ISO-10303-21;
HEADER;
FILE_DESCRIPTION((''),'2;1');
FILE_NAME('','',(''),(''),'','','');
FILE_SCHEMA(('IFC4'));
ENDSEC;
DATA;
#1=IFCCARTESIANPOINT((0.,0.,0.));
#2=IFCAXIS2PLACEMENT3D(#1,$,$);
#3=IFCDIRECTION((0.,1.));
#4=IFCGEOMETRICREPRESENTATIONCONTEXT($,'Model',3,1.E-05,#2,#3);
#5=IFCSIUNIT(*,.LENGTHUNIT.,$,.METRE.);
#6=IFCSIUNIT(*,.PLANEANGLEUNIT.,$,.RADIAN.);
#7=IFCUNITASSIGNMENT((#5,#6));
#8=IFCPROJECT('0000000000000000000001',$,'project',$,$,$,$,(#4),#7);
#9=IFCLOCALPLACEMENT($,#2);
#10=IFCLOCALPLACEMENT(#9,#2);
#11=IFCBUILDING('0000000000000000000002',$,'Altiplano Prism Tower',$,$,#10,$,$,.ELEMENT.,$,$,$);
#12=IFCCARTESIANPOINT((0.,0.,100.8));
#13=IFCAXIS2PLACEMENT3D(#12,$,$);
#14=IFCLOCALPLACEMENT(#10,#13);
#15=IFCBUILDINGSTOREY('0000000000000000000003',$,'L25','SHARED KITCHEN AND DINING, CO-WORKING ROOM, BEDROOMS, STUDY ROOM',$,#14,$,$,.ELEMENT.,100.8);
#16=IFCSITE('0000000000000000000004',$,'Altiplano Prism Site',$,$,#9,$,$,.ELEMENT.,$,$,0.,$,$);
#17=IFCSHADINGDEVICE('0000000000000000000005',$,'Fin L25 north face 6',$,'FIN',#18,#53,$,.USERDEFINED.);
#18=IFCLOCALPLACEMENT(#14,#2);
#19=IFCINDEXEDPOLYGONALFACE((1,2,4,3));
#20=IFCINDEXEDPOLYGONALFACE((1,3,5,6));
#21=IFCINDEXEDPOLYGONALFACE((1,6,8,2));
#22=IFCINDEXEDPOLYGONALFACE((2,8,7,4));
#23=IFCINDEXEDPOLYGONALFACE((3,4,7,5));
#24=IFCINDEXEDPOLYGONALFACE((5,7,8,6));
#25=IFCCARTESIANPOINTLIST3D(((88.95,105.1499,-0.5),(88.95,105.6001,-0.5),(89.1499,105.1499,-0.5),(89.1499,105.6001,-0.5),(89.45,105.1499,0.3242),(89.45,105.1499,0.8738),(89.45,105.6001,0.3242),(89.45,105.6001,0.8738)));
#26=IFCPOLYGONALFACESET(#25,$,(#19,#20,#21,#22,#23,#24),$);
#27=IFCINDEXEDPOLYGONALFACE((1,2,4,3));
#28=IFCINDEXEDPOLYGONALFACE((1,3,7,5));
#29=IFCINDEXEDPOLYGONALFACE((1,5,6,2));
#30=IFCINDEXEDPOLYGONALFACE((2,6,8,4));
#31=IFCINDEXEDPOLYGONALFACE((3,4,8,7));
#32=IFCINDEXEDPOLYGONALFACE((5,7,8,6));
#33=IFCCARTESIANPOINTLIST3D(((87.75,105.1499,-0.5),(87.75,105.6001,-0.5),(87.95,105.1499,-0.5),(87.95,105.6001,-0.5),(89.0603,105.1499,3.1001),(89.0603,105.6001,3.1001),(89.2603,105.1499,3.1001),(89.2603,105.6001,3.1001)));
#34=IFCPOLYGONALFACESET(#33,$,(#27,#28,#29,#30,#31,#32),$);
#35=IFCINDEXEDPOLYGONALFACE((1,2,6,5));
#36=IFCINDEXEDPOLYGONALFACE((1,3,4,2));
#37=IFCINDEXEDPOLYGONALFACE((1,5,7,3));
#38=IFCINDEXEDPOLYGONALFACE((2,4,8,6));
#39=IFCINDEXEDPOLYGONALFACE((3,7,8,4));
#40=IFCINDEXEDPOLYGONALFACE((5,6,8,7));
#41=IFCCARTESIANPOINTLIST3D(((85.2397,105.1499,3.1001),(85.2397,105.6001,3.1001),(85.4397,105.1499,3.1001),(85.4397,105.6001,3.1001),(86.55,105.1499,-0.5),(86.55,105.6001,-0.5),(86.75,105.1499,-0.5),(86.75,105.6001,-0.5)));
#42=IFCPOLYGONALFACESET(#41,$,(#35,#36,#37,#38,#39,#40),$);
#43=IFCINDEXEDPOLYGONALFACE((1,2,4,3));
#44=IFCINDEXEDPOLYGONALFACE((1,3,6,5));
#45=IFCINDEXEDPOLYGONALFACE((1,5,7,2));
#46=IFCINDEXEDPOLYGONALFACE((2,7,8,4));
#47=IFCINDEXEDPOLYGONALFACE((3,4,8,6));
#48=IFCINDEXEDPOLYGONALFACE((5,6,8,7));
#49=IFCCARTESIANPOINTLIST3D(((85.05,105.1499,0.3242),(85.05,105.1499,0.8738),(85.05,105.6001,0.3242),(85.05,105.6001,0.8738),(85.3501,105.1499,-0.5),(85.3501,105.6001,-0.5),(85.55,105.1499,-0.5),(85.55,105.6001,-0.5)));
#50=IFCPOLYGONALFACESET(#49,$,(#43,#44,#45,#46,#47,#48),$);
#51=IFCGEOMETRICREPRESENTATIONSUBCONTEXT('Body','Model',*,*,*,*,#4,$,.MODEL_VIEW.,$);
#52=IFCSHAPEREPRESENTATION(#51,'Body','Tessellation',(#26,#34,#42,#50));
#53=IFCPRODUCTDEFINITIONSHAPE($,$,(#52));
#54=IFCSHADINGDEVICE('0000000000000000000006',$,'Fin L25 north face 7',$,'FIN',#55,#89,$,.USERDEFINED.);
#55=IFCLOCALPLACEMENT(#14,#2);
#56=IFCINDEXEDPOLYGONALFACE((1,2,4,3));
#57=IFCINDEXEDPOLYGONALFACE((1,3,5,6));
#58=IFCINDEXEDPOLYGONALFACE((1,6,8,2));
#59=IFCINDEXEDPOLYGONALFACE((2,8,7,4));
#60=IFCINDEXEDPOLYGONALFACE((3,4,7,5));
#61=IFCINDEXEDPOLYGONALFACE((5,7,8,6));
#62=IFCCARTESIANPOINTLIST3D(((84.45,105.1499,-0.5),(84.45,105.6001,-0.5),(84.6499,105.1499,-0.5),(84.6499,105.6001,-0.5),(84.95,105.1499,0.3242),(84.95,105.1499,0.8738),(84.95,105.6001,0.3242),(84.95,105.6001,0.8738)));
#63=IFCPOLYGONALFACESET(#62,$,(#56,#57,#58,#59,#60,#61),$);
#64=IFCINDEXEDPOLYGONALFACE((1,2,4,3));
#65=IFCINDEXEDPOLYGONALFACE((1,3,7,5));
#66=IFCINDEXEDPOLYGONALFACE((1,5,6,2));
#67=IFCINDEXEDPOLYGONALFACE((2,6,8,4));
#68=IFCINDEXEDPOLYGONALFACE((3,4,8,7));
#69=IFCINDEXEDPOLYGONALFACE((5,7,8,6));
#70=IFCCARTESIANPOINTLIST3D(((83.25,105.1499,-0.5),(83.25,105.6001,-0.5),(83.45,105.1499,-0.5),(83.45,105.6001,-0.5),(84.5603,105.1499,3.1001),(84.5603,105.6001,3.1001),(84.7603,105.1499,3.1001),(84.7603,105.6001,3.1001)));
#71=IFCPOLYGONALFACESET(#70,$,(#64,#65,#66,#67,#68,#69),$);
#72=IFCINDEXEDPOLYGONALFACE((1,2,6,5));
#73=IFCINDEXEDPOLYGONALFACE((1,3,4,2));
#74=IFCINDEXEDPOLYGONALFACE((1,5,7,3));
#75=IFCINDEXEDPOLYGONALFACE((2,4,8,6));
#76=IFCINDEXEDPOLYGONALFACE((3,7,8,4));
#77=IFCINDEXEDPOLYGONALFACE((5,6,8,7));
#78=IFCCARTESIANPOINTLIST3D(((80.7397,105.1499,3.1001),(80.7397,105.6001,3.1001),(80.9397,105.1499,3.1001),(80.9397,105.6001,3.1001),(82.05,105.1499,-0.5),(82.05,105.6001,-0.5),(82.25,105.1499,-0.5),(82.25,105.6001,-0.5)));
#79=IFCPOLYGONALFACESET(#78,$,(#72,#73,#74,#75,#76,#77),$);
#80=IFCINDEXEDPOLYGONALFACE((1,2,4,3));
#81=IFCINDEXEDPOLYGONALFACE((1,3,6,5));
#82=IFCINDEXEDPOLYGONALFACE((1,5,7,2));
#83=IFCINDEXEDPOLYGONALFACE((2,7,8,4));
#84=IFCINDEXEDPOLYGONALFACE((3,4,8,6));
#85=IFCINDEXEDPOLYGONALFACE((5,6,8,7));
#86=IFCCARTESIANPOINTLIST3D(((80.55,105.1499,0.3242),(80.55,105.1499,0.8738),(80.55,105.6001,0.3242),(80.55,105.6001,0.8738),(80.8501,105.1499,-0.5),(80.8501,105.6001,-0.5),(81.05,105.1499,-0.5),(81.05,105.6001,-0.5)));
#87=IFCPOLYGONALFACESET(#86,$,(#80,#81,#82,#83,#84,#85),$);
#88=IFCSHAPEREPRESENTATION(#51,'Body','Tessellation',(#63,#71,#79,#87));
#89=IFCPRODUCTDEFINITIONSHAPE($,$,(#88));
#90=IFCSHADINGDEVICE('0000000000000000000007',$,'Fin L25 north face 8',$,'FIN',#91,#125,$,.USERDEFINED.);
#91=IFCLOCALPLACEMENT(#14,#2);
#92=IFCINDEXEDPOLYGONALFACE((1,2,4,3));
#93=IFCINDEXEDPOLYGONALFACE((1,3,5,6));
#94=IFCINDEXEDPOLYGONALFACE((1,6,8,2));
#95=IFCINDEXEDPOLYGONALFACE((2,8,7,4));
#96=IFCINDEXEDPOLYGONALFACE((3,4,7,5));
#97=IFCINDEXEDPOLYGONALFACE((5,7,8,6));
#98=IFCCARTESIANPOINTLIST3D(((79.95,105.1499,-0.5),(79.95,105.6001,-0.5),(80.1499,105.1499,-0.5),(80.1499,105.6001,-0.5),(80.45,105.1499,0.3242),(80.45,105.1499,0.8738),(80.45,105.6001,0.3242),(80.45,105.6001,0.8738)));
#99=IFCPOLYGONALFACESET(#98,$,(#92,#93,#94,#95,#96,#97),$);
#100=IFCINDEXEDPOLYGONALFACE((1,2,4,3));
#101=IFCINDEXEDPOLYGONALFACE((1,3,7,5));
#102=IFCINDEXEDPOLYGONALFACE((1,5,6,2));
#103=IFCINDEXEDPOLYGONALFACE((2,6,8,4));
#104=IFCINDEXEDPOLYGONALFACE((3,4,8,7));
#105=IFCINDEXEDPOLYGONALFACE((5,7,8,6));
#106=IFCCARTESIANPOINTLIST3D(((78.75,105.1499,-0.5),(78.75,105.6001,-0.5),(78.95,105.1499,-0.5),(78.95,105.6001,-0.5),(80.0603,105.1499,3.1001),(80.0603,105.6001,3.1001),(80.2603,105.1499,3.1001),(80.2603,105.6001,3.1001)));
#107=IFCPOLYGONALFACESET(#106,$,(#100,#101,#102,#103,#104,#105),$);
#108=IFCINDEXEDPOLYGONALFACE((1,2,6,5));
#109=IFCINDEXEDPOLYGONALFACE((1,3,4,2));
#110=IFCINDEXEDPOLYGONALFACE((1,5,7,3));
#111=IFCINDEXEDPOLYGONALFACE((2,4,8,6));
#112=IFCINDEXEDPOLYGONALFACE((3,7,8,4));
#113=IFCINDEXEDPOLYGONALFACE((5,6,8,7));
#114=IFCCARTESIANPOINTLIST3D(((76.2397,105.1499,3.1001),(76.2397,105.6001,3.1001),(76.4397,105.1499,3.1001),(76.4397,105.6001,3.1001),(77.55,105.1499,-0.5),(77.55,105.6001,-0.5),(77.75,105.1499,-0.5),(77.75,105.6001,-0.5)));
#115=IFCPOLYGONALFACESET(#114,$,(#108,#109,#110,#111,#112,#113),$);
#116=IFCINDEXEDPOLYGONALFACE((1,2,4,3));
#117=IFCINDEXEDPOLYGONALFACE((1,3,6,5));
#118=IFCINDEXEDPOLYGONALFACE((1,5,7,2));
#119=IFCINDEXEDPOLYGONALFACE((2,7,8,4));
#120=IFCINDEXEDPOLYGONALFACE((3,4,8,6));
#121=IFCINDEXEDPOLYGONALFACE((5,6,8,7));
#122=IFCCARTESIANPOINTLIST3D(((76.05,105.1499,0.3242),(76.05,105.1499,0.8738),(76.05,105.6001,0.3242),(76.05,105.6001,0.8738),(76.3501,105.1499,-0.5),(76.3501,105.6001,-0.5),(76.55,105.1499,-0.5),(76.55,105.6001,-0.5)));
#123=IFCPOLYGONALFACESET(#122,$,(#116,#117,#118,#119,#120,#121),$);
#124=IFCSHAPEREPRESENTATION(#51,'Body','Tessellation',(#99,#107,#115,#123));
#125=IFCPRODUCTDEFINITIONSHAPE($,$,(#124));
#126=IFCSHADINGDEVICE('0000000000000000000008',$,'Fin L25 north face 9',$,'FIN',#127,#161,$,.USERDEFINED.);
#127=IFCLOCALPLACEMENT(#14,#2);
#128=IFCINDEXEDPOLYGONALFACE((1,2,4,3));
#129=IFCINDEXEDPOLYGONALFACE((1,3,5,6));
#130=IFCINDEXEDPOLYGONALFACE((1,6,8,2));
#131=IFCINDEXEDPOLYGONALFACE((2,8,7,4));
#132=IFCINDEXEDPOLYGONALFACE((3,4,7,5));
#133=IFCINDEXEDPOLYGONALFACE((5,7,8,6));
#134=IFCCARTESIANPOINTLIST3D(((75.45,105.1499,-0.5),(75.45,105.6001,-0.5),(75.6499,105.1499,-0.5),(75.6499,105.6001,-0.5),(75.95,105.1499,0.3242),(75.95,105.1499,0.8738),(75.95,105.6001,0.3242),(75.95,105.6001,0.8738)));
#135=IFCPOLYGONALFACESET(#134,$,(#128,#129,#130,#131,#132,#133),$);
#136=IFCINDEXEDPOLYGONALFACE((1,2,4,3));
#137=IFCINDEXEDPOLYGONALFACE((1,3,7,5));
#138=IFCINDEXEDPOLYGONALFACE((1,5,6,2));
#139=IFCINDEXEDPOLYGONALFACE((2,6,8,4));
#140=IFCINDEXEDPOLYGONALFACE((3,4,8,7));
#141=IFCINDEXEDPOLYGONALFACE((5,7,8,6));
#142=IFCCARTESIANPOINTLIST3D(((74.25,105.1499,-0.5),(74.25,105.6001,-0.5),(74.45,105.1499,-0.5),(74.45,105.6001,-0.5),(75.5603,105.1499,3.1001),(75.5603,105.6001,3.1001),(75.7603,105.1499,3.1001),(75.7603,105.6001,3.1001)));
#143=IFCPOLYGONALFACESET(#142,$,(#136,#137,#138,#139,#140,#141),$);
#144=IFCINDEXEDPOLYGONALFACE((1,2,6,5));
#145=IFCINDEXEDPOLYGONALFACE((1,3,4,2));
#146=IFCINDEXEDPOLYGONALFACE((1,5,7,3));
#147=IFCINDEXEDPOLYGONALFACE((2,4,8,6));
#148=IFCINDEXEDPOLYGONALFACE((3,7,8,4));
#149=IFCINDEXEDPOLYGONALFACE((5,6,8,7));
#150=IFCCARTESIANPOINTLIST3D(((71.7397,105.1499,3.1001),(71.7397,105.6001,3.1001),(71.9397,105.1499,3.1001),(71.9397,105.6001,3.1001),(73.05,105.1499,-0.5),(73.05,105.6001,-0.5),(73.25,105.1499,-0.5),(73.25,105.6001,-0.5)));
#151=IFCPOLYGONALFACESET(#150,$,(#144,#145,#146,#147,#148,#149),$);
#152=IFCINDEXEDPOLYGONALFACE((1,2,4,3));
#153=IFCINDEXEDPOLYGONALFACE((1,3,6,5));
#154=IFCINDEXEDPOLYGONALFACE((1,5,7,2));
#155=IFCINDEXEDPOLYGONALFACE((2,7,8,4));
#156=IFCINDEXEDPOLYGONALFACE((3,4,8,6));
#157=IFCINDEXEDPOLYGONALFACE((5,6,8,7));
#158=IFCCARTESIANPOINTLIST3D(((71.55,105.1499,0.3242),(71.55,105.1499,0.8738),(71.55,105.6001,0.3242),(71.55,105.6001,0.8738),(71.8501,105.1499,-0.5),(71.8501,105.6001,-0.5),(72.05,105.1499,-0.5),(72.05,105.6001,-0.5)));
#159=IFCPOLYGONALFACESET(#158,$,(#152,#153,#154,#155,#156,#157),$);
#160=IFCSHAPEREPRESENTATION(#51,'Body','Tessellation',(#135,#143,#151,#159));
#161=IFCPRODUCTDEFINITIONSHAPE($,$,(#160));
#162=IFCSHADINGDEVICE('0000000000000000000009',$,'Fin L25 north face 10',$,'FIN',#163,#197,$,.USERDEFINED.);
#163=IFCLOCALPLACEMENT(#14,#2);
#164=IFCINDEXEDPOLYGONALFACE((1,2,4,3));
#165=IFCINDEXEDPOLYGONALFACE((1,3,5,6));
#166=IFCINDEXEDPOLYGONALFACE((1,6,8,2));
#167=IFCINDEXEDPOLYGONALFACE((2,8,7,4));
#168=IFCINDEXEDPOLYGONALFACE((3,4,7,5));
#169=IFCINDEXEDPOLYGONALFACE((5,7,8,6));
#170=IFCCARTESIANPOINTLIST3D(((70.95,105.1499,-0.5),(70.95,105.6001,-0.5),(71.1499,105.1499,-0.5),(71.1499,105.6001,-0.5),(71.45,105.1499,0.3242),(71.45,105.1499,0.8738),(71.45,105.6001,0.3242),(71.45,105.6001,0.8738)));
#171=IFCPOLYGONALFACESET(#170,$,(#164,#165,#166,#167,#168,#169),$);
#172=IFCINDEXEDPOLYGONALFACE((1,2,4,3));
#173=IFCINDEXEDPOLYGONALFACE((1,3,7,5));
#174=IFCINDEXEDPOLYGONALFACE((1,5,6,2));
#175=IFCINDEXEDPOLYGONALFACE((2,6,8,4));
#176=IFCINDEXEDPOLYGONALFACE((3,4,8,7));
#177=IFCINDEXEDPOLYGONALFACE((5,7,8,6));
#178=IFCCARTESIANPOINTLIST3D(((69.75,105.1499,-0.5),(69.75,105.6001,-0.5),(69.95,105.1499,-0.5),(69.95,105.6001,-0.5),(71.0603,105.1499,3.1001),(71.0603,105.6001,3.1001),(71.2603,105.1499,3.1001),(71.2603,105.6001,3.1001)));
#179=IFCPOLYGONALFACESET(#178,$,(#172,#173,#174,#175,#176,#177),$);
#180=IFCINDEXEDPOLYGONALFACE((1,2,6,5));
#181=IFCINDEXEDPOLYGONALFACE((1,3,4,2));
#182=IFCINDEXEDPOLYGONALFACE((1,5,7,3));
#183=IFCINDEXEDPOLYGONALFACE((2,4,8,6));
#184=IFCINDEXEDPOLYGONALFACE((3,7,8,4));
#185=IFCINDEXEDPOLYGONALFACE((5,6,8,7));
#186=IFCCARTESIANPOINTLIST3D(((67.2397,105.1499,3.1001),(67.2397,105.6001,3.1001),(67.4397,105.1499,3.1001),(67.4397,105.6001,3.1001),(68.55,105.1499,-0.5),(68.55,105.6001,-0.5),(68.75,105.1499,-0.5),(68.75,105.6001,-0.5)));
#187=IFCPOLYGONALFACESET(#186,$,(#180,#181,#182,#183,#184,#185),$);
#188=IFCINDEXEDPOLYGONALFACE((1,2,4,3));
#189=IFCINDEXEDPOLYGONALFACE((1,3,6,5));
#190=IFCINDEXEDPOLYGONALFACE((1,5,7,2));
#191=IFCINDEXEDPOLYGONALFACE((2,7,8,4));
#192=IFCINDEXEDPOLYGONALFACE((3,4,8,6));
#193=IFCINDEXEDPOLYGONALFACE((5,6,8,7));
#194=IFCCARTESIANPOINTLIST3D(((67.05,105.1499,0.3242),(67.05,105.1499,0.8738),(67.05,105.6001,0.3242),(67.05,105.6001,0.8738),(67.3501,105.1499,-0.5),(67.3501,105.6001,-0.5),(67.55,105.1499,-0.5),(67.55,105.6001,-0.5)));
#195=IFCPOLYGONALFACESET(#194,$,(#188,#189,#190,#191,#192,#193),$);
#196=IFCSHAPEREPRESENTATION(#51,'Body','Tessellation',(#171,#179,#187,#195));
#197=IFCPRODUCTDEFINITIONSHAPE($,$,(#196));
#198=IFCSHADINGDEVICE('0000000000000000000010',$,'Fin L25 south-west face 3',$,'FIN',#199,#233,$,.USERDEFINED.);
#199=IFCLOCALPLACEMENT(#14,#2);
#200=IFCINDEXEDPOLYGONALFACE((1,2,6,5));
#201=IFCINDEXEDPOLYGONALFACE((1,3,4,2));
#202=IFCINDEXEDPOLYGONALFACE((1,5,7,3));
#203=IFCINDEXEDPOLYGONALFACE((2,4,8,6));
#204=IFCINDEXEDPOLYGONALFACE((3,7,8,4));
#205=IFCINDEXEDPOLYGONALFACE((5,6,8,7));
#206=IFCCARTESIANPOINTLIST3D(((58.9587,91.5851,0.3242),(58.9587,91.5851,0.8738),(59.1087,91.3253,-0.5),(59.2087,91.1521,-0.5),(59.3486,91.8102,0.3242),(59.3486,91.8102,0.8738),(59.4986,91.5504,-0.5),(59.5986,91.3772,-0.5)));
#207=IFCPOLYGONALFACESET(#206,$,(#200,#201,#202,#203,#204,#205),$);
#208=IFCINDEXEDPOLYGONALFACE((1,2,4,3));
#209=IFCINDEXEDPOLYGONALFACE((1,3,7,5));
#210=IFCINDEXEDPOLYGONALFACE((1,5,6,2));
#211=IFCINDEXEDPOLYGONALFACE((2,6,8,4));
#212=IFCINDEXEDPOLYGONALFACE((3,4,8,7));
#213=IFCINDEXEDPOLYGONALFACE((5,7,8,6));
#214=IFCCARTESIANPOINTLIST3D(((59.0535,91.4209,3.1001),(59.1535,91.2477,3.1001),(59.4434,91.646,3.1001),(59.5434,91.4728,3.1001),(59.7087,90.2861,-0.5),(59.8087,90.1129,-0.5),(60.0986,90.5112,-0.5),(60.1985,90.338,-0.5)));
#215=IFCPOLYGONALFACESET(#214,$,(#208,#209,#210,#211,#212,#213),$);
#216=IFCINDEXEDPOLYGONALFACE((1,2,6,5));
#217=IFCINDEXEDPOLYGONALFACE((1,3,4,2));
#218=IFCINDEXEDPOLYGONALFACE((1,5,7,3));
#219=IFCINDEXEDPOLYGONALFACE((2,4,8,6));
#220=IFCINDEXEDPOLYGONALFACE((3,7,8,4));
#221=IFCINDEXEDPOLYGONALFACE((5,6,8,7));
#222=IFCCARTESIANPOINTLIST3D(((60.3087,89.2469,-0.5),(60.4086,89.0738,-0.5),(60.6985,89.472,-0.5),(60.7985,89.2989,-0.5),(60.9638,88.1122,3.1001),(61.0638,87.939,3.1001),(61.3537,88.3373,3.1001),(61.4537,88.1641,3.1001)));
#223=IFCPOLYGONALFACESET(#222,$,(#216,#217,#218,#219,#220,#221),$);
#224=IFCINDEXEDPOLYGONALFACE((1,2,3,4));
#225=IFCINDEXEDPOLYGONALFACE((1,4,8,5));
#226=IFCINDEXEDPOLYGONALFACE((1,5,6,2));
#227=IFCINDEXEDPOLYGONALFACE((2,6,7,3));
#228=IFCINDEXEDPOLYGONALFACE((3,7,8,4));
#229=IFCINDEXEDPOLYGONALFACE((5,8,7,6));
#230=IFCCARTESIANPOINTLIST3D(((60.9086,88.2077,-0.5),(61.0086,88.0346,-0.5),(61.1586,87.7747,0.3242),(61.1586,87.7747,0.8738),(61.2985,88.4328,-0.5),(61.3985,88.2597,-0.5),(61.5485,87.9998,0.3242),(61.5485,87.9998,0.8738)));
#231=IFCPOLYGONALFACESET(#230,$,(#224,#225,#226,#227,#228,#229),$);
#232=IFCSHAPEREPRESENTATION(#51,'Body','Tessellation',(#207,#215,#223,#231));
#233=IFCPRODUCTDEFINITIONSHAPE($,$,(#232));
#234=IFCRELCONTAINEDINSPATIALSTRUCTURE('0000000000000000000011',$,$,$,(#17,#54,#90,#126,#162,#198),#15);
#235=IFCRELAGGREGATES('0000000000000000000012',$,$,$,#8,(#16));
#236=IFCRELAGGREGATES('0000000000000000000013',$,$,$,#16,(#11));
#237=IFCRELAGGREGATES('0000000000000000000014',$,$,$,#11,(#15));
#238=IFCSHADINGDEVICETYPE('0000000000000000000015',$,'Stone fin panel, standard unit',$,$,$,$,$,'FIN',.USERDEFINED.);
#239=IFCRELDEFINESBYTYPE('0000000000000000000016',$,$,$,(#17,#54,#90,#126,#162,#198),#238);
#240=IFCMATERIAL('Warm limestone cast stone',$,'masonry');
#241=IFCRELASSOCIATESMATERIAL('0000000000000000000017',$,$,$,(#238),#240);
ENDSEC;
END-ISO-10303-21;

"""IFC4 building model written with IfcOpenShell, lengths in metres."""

from ifc_helpers import new_model, si_unit, direction, frame, origin, place, context, subcontext, project, spatial, polyline, outline, extrude, source, transform, mapped, material, type_object, element, save


model = new_model("IFC4")

# Units and contexts
model_context = context("Model", 3, precision=1e-05, world=origin(), true_north=direction((0.0, 1.0)))
body_context = subcontext(model_context, "Body", "Model", "MODEL_VIEW")
ifc_project = project(units=[si_unit("LENGTHUNIT", "METRE"), si_unit("PLANEANGLEUNIT", "RADIAN")], contexts=[model_context])

# Site, building, storey
site_placement = place(None, origin())
site = spatial("IfcSite", under=ifc_project, at=site_placement, Name="Altiplano Prism Site", CompositionType="ELEMENT", RefElevation=0.0)
building_placement = place(site_placement, origin())
building = spatial("IfcBuilding", under=site, at=building_placement, Name="Altiplano Prism Tower", CompositionType="ELEMENT")
storey_placement = place(building_placement, frame((0.0, 0.0, 100.8)))
storey = spatial("IfcBuildingStorey", under=building, at=storey_placement, Name="L25", Description="SHARED KITCHEN AND DINING, CO-WORKING ROOM, BEDROOMS, STUDY ROOM", CompositionType="ELEMENT", Elevation=100.8)

# Shading devices
ifc_material_1 = material(Name="Warm limestone cast stone", Category="masonry")
shading_device_type_1 = type_object("IfcShadingDeviceType", Name="Stone fin panel, standard unit", ElementType="FIN", PredefinedType="USERDEFINED", material=ifc_material_1)
shared_shape_1 = source(origin(), body_context, "Body", "SweptSolid", [
    extrude(outline(polyline([(-2.2, 1.3738), (-2.2, 0.8242), (-1.8999, 0.0), (-1.7, 0.0), (-2.2, 1.3738)])), frame((0.0, -0.1499, 0.0), z_axis=(0.0, -1.0, 0.0), x_axis=(1.0, 0.0, 0.0)), (0.0, 0.0, 1.0), 0.4502),
    extrude(outline(polyline([(-2.0103, 3.6001), (-0.7, 0.0), (-0.5, 0.0), (-1.8103, 3.6001), (-2.0103, 3.6001)])), frame((0.0, -0.1499, 0.0), z_axis=(0.0, -1.0, 0.0), x_axis=(1.0, 0.0, 0.0)), (0.0, 0.0, 1.0), 0.4502),
    extrude(outline(polyline([(1.8103, 3.6001), (0.5, 0.0), (0.7, 0.0), (2.0103, 3.6001), (1.8103, 3.6001)])), frame((0.0, -0.1499, 0.0), z_axis=(0.0, -1.0, 0.0), x_axis=(1.0, 0.0, 0.0)), (0.0, 0.0, 1.0), 0.4502),
    extrude(outline(polyline([(2.2, 0.8242), (2.2, 1.3738), (1.7, 0.0), (1.8999, 0.0), (2.2, 0.8242)])), frame((0.0, -0.1499, 0.0), z_axis=(0.0, -1.0, 0.0), x_axis=(1.0, 0.0, 0.0)), (0.0, 0.0, 1.0), 0.4502),
])
shading_device_1_placement = place(storey_placement, origin())
element("IfcShadingDevice", 1, at=shading_device_1_placement, inside=storey, type_object=shading_device_type_1, Name="Fin L25 north face 6", ObjectType="FIN", PredefinedType="USERDEFINED", context=body_context, shape_type="MappedRepresentation", body=[
    mapped(shared_shape_1, transform((87.25, 105.0, -0.5), x_axis=(-1.0, 0.0, 0.0), y_axis=(0.0, -1.0, 0.0), z_axis=(0.0, 0.0, 1.0))),
])
shading_device_2_placement = place(storey_placement, origin())
element("IfcShadingDevice", 2, at=shading_device_2_placement, inside=storey, type_object=shading_device_type_1, Name="Fin L25 north face 7", ObjectType="FIN", PredefinedType="USERDEFINED", context=body_context, shape_type="MappedRepresentation", body=[
    mapped(shared_shape_1, transform((82.75, 105.0, -0.5), x_axis=(-1.0, 0.0, 0.0), y_axis=(0.0, -1.0, 0.0), z_axis=(0.0, 0.0, 1.0))),
])
shading_device_3_placement = place(storey_placement, origin())
element("IfcShadingDevice", 3, at=shading_device_3_placement, inside=storey, type_object=shading_device_type_1, Name="Fin L25 north face 8", ObjectType="FIN", PredefinedType="USERDEFINED", context=body_context, shape_type="MappedRepresentation", body=[
    mapped(shared_shape_1, transform((78.25, 105.0, -0.5), x_axis=(-1.0, 0.0, 0.0), y_axis=(0.0, -1.0, 0.0), z_axis=(0.0, 0.0, 1.0))),
])
shading_device_4_placement = place(storey_placement, origin())
element("IfcShadingDevice", 4, at=shading_device_4_placement, inside=storey, type_object=shading_device_type_1, Name="Fin L25 north face 9", ObjectType="FIN", PredefinedType="USERDEFINED", context=body_context, shape_type="MappedRepresentation", body=[
    mapped(shared_shape_1, transform((73.75, 105.0, -0.5), x_axis=(-1.0, 0.0, 0.0), y_axis=(0.0, -1.0, 0.0), z_axis=(0.0, 0.0, 1.0))),
])
shading_device_5_placement = place(storey_placement, origin())
element("IfcShadingDevice", 5, at=shading_device_5_placement, inside=storey, type_object=shading_device_type_1, Name="Fin L25 north face 10", ObjectType="FIN", PredefinedType="USERDEFINED", context=body_context, shape_type="MappedRepresentation", body=[
    mapped(shared_shape_1, transform((69.25, 105.0, -0.5), x_axis=(-1.0, 0.0, 0.0), y_axis=(0.0, -1.0, 0.0), z_axis=(0.0, 0.0, 1.0))),
])
shading_device_6_placement = place(storey_placement, origin())
element("IfcShadingDevice", 6, at=shading_device_6_placement, inside=storey, type_object=shading_device_type_1, Name="Fin L25 south-west face 3", ObjectType="FIN", PredefinedType="USERDEFINED", context=body_context, shape_type="MappedRepresentation", body=[
    mapped(shared_shape_1, transform((60.5784, 89.98, -0.5), x_axis=(0.5, -0.866025, 0.0), y_axis=(0.866025, 0.5, 0.0), z_axis=(0.0, 0.0, 1.0))),
])

save(model, "model.ifc")
